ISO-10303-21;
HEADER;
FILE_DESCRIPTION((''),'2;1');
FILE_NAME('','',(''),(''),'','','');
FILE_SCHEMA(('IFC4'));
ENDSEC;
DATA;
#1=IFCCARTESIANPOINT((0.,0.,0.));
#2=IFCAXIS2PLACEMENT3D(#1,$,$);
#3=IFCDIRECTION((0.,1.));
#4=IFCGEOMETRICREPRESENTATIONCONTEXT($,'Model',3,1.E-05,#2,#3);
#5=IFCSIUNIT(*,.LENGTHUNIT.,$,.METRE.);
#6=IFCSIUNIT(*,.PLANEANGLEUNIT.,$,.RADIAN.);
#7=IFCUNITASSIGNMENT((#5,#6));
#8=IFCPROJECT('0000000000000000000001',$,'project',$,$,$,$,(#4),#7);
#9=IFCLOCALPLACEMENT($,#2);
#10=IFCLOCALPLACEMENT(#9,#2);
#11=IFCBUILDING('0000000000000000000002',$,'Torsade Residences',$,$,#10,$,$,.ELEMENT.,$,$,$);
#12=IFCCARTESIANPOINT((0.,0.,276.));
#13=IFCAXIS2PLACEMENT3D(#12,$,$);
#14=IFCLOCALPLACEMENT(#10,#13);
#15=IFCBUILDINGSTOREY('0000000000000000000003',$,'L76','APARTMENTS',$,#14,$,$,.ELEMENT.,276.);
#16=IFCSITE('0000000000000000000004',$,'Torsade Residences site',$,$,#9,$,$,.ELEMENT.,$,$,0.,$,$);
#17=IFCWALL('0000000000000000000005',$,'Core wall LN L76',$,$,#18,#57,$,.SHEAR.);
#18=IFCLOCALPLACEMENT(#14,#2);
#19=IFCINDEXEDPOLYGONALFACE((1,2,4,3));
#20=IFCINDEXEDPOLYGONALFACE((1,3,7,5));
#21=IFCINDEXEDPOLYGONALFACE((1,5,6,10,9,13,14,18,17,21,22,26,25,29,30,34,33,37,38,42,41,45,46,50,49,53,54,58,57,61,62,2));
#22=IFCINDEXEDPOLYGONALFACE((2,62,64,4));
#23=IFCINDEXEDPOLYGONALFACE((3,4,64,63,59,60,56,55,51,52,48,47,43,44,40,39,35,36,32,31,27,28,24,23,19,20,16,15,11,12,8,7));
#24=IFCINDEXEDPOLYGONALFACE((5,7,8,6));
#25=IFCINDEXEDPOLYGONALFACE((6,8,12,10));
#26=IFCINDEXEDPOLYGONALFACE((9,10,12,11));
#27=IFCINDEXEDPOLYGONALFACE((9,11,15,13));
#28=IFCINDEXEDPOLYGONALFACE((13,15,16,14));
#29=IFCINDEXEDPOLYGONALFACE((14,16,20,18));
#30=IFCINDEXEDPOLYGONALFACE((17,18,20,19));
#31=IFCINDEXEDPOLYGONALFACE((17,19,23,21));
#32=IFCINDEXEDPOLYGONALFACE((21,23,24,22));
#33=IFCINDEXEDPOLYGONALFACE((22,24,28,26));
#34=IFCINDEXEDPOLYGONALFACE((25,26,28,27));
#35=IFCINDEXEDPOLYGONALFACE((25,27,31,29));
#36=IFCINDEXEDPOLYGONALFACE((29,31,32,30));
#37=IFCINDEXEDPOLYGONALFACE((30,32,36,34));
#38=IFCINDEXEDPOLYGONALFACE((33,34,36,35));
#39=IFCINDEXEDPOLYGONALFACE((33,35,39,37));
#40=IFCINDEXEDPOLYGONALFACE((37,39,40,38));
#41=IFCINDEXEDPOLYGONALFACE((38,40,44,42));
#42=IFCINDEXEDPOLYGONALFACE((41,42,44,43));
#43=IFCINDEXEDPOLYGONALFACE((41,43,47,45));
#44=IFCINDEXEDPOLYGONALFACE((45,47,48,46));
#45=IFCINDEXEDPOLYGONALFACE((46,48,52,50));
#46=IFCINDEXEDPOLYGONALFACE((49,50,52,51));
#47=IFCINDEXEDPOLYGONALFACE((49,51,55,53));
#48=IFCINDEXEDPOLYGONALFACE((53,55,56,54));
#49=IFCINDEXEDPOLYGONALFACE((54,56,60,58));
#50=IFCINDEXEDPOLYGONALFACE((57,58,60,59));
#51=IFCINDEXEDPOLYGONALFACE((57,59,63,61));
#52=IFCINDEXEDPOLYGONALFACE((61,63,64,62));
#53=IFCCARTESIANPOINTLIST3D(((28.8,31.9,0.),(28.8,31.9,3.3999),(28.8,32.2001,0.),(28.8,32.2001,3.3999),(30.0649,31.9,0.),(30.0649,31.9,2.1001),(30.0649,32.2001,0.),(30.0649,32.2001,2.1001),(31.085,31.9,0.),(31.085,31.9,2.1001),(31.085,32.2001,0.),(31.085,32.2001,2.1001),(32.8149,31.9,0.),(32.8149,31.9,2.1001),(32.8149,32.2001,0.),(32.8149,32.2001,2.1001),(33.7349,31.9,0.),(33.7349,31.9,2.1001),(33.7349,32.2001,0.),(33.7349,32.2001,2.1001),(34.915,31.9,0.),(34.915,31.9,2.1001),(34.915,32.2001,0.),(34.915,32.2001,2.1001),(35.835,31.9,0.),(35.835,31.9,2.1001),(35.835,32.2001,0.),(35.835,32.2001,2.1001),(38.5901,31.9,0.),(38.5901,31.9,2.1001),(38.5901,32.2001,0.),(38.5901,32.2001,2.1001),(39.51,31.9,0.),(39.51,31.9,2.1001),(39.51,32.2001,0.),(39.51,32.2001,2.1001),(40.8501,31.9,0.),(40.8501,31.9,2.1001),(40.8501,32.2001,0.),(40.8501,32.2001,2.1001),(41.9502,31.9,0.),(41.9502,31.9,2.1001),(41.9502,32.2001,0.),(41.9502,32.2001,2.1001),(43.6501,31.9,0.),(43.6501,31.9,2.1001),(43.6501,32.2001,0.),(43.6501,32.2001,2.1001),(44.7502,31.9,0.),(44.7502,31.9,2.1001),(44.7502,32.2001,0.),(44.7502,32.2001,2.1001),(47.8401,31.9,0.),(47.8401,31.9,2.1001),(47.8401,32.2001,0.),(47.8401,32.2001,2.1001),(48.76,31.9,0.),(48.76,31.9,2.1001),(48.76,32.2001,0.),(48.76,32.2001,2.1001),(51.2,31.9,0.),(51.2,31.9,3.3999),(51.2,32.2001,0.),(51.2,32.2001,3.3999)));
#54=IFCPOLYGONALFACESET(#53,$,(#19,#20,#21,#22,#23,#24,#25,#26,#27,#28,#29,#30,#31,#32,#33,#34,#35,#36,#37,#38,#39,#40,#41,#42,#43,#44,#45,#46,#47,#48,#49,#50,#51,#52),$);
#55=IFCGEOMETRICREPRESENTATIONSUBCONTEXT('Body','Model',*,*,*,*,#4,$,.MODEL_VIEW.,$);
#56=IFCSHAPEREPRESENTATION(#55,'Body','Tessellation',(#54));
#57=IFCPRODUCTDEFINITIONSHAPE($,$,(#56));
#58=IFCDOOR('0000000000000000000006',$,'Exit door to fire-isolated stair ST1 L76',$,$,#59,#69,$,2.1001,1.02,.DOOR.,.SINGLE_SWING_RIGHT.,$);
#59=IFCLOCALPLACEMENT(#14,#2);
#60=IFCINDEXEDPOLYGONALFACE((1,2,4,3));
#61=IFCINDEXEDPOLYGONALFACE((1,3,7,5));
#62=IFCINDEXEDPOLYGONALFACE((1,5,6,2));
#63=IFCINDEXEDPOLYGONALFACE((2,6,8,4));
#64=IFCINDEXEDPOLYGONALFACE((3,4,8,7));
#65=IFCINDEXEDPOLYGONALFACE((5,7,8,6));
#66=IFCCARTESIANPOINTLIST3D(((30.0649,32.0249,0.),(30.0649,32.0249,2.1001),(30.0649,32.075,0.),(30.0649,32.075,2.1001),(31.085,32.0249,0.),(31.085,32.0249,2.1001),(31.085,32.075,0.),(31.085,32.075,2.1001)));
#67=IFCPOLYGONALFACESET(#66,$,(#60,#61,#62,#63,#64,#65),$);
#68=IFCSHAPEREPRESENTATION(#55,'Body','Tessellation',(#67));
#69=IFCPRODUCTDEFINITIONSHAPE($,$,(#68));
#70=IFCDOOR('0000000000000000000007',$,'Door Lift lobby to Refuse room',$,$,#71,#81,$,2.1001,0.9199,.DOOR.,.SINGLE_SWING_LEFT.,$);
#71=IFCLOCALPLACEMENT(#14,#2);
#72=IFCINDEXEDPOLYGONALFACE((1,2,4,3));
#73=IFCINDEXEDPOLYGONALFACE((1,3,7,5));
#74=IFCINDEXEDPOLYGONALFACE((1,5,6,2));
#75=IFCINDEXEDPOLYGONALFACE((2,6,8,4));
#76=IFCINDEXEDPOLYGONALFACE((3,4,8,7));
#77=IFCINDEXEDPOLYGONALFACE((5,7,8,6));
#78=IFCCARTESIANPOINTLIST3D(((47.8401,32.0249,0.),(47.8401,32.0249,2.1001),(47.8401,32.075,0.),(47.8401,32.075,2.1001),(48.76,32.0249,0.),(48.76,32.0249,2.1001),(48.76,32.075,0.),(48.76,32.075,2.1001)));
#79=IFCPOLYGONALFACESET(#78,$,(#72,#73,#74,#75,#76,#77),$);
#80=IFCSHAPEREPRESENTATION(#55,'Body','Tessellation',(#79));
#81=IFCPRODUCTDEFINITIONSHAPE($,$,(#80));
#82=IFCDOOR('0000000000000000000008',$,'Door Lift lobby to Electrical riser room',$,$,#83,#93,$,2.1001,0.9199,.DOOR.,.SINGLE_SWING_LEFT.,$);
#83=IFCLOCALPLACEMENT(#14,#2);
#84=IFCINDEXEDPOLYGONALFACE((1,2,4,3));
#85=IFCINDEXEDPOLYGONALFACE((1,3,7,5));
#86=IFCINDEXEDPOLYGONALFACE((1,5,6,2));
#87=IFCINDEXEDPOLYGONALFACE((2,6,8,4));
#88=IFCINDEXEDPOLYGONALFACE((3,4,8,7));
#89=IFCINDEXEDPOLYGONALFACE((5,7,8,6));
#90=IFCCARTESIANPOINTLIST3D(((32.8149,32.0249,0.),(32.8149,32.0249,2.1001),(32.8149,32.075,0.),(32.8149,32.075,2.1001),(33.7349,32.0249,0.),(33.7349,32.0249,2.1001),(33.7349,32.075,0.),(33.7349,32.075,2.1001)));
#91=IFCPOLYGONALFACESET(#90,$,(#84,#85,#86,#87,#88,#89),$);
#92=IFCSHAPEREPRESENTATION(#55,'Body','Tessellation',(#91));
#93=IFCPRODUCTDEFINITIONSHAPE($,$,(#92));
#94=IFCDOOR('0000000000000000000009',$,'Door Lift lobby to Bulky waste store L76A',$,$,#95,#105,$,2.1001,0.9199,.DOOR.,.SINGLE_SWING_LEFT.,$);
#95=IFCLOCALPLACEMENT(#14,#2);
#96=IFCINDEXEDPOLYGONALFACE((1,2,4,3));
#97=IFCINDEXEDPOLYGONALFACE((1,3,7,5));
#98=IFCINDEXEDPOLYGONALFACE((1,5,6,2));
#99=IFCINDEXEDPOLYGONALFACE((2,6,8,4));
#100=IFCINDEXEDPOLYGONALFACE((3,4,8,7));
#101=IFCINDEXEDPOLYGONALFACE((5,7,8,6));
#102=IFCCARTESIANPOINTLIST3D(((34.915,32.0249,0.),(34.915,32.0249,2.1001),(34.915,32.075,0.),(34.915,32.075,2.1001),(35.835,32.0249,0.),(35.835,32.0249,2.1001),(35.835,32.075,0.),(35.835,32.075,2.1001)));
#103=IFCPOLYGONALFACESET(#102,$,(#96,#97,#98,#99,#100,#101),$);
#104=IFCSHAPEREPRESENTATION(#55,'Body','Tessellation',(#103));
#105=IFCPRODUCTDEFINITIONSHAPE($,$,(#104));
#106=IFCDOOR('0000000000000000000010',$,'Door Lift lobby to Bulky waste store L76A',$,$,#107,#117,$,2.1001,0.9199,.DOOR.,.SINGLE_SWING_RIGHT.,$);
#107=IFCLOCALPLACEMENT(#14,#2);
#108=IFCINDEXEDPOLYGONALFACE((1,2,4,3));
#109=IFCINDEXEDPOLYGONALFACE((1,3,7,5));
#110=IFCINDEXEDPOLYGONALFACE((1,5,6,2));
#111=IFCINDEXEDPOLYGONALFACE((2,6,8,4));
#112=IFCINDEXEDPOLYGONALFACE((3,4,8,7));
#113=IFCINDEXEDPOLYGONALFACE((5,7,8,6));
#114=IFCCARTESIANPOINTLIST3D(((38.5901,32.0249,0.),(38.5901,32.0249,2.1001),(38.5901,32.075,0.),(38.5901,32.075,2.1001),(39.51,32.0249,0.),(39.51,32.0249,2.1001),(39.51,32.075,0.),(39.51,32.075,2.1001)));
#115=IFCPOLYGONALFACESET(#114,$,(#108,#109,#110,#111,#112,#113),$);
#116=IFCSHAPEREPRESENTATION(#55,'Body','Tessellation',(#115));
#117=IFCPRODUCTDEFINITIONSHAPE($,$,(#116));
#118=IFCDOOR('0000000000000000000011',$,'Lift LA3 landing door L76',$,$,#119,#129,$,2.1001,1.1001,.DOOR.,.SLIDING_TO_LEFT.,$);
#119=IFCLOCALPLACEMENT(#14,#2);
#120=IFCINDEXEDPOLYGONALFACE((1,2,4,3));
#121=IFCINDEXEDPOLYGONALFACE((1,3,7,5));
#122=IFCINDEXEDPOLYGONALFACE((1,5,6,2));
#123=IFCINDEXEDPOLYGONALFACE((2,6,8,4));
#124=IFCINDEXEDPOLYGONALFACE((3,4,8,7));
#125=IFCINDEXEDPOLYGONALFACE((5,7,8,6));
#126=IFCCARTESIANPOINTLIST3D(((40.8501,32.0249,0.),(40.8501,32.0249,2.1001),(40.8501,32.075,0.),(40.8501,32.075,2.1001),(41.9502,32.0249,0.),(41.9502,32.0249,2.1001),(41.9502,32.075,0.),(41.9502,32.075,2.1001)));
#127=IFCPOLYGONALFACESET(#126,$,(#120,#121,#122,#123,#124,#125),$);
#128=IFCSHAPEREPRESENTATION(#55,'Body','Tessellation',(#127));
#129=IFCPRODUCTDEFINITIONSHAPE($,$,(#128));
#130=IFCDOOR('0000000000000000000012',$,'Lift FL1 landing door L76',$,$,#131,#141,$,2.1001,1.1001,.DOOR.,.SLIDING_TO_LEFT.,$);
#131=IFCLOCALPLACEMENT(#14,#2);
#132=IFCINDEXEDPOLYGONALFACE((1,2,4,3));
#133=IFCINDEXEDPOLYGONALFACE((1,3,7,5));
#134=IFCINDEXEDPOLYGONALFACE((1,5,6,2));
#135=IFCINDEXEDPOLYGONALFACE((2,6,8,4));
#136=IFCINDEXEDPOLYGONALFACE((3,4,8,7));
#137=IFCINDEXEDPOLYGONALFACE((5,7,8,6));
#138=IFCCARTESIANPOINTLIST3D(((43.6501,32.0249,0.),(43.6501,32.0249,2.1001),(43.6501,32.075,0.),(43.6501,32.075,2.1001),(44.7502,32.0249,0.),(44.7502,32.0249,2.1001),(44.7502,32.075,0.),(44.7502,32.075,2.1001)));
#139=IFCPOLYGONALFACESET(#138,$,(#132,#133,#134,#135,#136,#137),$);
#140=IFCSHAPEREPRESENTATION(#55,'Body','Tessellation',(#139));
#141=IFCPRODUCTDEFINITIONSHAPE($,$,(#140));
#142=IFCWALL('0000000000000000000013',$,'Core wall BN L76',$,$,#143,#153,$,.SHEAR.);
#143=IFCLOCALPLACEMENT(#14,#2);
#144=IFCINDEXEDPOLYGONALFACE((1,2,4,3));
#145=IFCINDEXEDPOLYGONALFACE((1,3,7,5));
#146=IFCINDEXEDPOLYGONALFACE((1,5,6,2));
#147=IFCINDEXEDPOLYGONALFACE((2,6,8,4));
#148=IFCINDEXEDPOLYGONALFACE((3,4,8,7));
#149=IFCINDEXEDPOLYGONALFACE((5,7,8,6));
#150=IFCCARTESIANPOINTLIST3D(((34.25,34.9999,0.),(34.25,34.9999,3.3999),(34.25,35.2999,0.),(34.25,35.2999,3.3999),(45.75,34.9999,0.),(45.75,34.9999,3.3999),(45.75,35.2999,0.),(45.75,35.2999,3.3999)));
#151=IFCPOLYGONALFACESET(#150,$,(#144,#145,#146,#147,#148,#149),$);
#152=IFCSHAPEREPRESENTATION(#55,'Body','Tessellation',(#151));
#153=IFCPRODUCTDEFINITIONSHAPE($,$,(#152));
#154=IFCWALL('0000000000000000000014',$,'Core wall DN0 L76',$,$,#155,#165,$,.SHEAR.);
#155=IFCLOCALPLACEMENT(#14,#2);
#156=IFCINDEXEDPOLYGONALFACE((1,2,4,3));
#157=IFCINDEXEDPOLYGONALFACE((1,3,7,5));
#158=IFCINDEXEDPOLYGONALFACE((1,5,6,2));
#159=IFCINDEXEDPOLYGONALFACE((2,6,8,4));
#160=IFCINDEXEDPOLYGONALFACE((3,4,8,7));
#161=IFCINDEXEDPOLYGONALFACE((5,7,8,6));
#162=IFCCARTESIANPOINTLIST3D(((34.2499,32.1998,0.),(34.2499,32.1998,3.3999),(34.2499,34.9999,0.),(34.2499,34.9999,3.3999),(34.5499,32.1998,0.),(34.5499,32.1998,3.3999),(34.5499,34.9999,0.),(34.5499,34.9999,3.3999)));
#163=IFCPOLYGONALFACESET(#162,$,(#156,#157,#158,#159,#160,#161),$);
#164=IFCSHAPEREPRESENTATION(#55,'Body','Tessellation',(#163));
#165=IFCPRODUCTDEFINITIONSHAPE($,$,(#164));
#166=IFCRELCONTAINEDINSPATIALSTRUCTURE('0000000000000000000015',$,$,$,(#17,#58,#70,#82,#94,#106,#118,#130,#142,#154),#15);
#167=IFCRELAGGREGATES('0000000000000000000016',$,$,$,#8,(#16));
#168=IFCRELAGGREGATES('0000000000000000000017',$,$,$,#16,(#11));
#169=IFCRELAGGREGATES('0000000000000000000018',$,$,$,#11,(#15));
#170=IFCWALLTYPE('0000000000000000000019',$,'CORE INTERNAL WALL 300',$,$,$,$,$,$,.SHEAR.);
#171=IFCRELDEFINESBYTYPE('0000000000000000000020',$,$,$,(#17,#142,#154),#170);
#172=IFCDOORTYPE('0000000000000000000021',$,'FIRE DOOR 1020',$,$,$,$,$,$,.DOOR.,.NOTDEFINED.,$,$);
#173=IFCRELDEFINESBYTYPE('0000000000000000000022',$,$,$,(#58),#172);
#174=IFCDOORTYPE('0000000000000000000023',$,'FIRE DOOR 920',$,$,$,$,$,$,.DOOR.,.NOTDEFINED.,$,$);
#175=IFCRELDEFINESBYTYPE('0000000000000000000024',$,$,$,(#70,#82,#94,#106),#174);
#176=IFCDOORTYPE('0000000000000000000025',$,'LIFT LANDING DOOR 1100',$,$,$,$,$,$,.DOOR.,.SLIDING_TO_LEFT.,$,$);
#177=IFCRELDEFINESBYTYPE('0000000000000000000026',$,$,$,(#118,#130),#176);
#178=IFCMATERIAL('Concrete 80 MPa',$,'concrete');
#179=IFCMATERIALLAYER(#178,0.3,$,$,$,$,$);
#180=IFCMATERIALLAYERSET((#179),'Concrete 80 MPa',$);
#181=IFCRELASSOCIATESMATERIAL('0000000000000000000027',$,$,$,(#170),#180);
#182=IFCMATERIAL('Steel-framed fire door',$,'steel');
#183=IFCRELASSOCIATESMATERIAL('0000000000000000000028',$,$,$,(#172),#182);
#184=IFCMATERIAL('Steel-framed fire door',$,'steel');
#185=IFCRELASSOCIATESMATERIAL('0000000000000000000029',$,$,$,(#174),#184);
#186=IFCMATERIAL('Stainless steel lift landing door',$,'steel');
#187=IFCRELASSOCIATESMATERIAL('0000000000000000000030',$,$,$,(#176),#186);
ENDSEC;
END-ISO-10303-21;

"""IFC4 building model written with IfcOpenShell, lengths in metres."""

from ifc_helpers import new_model, si_unit, direction, frame, frame_2d, origin, place, context, subcontext, project, spatial, rectangle, extrude, material, layer, layer_set, type_object, element, fill, save


model = new_model("IFC4")

# Units and contexts
model_context = context("Model", 3, precision=1e-05, world=origin(), true_north=direction((0.0, 1.0)))
body_context = subcontext(model_context, "Body", "Model", "MODEL_VIEW")
ifc_project = project(units=[si_unit("LENGTHUNIT", "METRE"), si_unit("PLANEANGLEUNIT", "RADIAN")], contexts=[model_context])

# Site, building, storey
site_placement = place(None, origin())
site = spatial("IfcSite", under=ifc_project, at=site_placement, Name="Torsade Residences site", CompositionType="ELEMENT", RefElevation=0.0)
building_placement = place(site_placement, origin())
building = spatial("IfcBuilding", under=site, at=building_placement, Name="Torsade Residences", CompositionType="ELEMENT")
storey_placement = place(building_placement, frame((0.0, 0.0, 276.0)))
storey = spatial("IfcBuildingStorey", under=building, at=storey_placement, Name="L76", Description="APARTMENTS", CompositionType="ELEMENT", Elevation=276.0)

# Wall, openings, doors
ifc_material_1 = material(Name="Concrete 80 MPa", Category="concrete")
ifc_layer_1 = layer(ifc_material_1, 0.3)
ifc_layer_set_1 = layer_set([ifc_layer_1], Name="Concrete 80 MPa")
wall_type_1 = type_object("IfcWallType", Name="CORE INTERNAL WALL 300", PredefinedType="SHEAR", material=ifc_layer_set_1)
wall_1_placement = place(storey_placement, frame((28.8, 32.05, 0.0), z_axis=(0.0, 0.0, 1.0), x_axis=(1.0, 0.0, 0.0)))
wall_1 = element("IfcWall", 1, at=wall_1_placement, inside=storey, type_object=wall_type_1, Name="Core wall LN L76", PredefinedType="SHEAR", context=body_context, shape_type="SweptSolid", body=[
    extrude(rectangle(XDim=22.3999, YDim=0.3, at=frame_2d((11.2, 0.0))), origin(), (0.0, 0.0, 1.0), 3.3999),
])
opening_1_placement = place(wall_1_placement, frame((19.04, 0.0, 0.0)))
opening_1 = element("IfcOpeningElement", 2, at=opening_1_placement, cuts=wall_1, PredefinedType="OPENING", context=body_context, shape_type="SweptSolid", body=[
    extrude(rectangle(XDim=0.9199, YDim=2.1001, at=frame_2d((0.46, 1.05))), frame((0.0, 0.1599, 0.0), z_axis=(0.0, -1.0, 0.0), x_axis=(1.0, 0.0, 0.0)), (0.0, 0.0, 1.0), 0.3201),
])
opening_2_placement = place(wall_1_placement, frame((1.2649, 0.0, 0.0)))
opening_2 = element("IfcOpeningElement", 3, at=opening_2_placement, cuts=wall_1, PredefinedType="OPENING", context=body_context, shape_type="SweptSolid", body=[
    extrude(rectangle(XDim=1.02, YDim=2.1001, at=frame_2d((0.51, 1.05))), frame((0.0, 0.1599, 0.0), z_axis=(0.0, -1.0, 0.0), x_axis=(1.0, 0.0, 0.0)), (0.0, 0.0, 1.0), 0.3201),
])
opening_3_placement = place(wall_1_placement, frame((4.0149, 0.0, 0.0)))
opening_3 = element("IfcOpeningElement", 4, at=opening_3_placement, cuts=wall_1, PredefinedType="OPENING", context=body_context, shape_type="SweptSolid", body=[
    extrude(rectangle(XDim=0.9199, YDim=2.1001, at=frame_2d((0.46, 1.05))), frame((0.0, 0.1599, 0.0), z_axis=(0.0, -1.0, 0.0), x_axis=(1.0, 0.0, 0.0)), (0.0, 0.0, 1.0), 0.3201),
])
opening_4_placement = place(wall_1_placement, frame((6.115, 0.0, 0.0)))
opening_4 = element("IfcOpeningElement", 5, at=opening_4_placement, cuts=wall_1, PredefinedType="OPENING", context=body_context, shape_type="SweptSolid", body=[
    extrude(rectangle(XDim=0.9199, YDim=2.1001, at=frame_2d((0.46, 1.05))), frame((0.0, 0.1599, 0.0), z_axis=(0.0, -1.0, 0.0), x_axis=(1.0, 0.0, 0.0)), (0.0, 0.0, 1.0), 0.3201),
])
opening_5_placement = place(wall_1_placement, frame((9.79, 0.0, 0.0)))
opening_5 = element("IfcOpeningElement", 6, at=opening_5_placement, cuts=wall_1, PredefinedType="OPENING", context=body_context, shape_type="SweptSolid", body=[
    extrude(rectangle(XDim=0.9199, YDim=2.1001, at=frame_2d((0.46, 1.05))), frame((0.0, 0.1599, 0.0), z_axis=(0.0, -1.0, 0.0), x_axis=(1.0, 0.0, 0.0)), (0.0, 0.0, 1.0), 0.3201),
])
opening_6_placement = place(wall_1_placement, frame((12.05, 0.0, 0.0)))
opening_6 = element("IfcOpeningElement", 7, at=opening_6_placement, cuts=wall_1, PredefinedType="OPENING", context=body_context, shape_type="SweptSolid", body=[
    extrude(rectangle(XDim=1.1001, YDim=2.1001, at=frame_2d((0.55, 1.05))), frame((0.0, 0.1599, 0.0), z_axis=(0.0, -1.0, 0.0), x_axis=(1.0, 0.0, 0.0)), (0.0, 0.0, 1.0), 0.3201),
])
opening_7_placement = place(wall_1_placement, frame((14.8501, 0.0, 0.0)))
opening_7 = element("IfcOpeningElement", 8, at=opening_7_placement, cuts=wall_1, PredefinedType="OPENING", context=body_context, shape_type="SweptSolid", body=[
    extrude(rectangle(XDim=1.1001, YDim=2.1001, at=frame_2d((0.55, 1.05))), frame((0.0, 0.1599, 0.0), z_axis=(0.0, -1.0, 0.0), x_axis=(1.0, 0.0, 0.0)), (0.0, 0.0, 1.0), 0.3201),
])
ifc_material_2 = material(Name="Steel-framed fire door", Category="steel")
door_type_1 = type_object("IfcDoorType", Name="FIRE DOOR 1020", OperationType="NOTDEFINED", PredefinedType="DOOR", material=ifc_material_2)
door_1_placement = place(opening_2_placement, origin())
door_1 = element("IfcDoor", 9, at=door_1_placement, inside=storey, type_object=door_type_1, Name="Exit door to fire-isolated stair ST1 L76", OperationType="SINGLE_SWING_RIGHT", OverallHeight=2.1001, OverallWidth=1.02, PredefinedType="DOOR", context=body_context, shape_type="SweptSolid", body=[
    extrude(rectangle(XDim=1.02, YDim=2.1001, at=frame_2d((0.51, 1.05))), frame((0.0, 0.0249, 0.0), z_axis=(0.0, -1.0, 0.0), x_axis=(1.0, 0.0, 0.0)), (0.0, 0.0, 1.0), 0.05),
])
fill(opening_2, door_1)
ifc_material_3 = material(Name="Steel-framed fire door", Category="steel")
door_type_2 = type_object("IfcDoorType", Name="FIRE DOOR 920", OperationType="NOTDEFINED", PredefinedType="DOOR", material=ifc_material_3)
door_2_placement = place(opening_1_placement, origin())
door_2 = element("IfcDoor", 10, at=door_2_placement, inside=storey, type_object=door_type_2, Name="Door Lift lobby to Refuse room", OperationType="SINGLE_SWING_LEFT", OverallHeight=2.1001, OverallWidth=0.9199, PredefinedType="DOOR", context=body_context, shape_type="SweptSolid", body=[
    extrude(rectangle(XDim=0.9199, YDim=2.1001, at=frame_2d((0.46, 1.05))), frame((0.0, 0.0249, 0.0), z_axis=(0.0, -1.0, 0.0), x_axis=(1.0, 0.0, 0.0)), (0.0, 0.0, 1.0), 0.05),
])
fill(opening_1, door_2)
door_3_placement = place(opening_3_placement, origin())
door_3 = element("IfcDoor", 11, at=door_3_placement, inside=storey, type_object=door_type_2, Name="Door Lift lobby to Electrical riser room", OperationType="SINGLE_SWING_LEFT", OverallHeight=2.1001, OverallWidth=0.9199, PredefinedType="DOOR", context=body_context, shape_type="SweptSolid", body=[
    extrude(rectangle(XDim=0.9199, YDim=2.1001, at=frame_2d((0.46, 1.05))), frame((0.0, 0.0249, 0.0), z_axis=(0.0, -1.0, 0.0), x_axis=(1.0, 0.0, 0.0)), (0.0, 0.0, 1.0), 0.05),
])
fill(opening_3, door_3)
door_4_placement = place(opening_4_placement, origin())
door_4 = element("IfcDoor", 12, at=door_4_placement, inside=storey, type_object=door_type_2, Name="Door Lift lobby to Bulky waste store L76A", OperationType="SINGLE_SWING_LEFT", OverallHeight=2.1001, OverallWidth=0.9199, PredefinedType="DOOR", context=body_context, shape_type="SweptSolid", body=[
    extrude(rectangle(XDim=0.9199, YDim=2.1001, at=frame_2d((0.46, 1.05))), frame((0.0, 0.0249, 0.0), z_axis=(0.0, -1.0, 0.0), x_axis=(1.0, 0.0, 0.0)), (0.0, 0.0, 1.0), 0.05),
])
fill(opening_4, door_4)
door_5_placement = place(opening_5_placement, origin())
door_5 = element("IfcDoor", 13, at=door_5_placement, inside=storey, type_object=door_type_2, Name="Door Lift lobby to Bulky waste store L76A", OperationType="SINGLE_SWING_RIGHT", OverallHeight=2.1001, OverallWidth=0.9199, PredefinedType="DOOR", context=body_context, shape_type="SweptSolid", body=[
    extrude(rectangle(XDim=0.9199, YDim=2.1001, at=frame_2d((0.46, 1.05))), frame((0.0, 0.0249, 0.0), z_axis=(0.0, -1.0, 0.0), x_axis=(1.0, 0.0, 0.0)), (0.0, 0.0, 1.0), 0.05),
])
fill(opening_5, door_5)
ifc_material_4 = material(Name="Stainless steel lift landing door", Category="steel")
door_type_3 = type_object("IfcDoorType", Name="LIFT LANDING DOOR 1100", OperationType="SLIDING_TO_LEFT", PredefinedType="DOOR", material=ifc_material_4)
door_6_placement = place(opening_6_placement, origin())
door_6 = element("IfcDoor", 14, at=door_6_placement, inside=storey, type_object=door_type_3, Name="Lift LA3 landing door L76", OperationType="SLIDING_TO_LEFT", OverallHeight=2.1001, OverallWidth=1.1001, PredefinedType="DOOR", context=body_context, shape_type="SweptSolid", body=[
    extrude(rectangle(XDim=1.1001, YDim=2.1001, at=frame_2d((0.55, 1.05))), frame((0.0, 0.0249, 0.0), z_axis=(0.0, -1.0, 0.0), x_axis=(1.0, 0.0, 0.0)), (0.0, 0.0, 1.0), 0.05),
])
fill(opening_6, door_6)
door_7_placement = place(opening_7_placement, origin())
door_7 = element("IfcDoor", 15, at=door_7_placement, inside=storey, type_object=door_type_3, Name="Lift FL1 landing door L76", OperationType="SLIDING_TO_LEFT", OverallHeight=2.1001, OverallWidth=1.1001, PredefinedType="DOOR", context=body_context, shape_type="SweptSolid", body=[
    extrude(rectangle(XDim=1.1001, YDim=2.1001, at=frame_2d((0.55, 1.05))), frame((0.0, 0.0249, 0.0), z_axis=(0.0, -1.0, 0.0), x_axis=(1.0, 0.0, 0.0)), (0.0, 0.0, 1.0), 0.05),
])
fill(opening_7, door_7)

# Walls
wall_2_placement = place(storey_placement, frame((34.25, 35.1499, 0.0), z_axis=(0.0, 0.0, 1.0), x_axis=(1.0, 0.0, 0.0)))
element("IfcWall", 16, at=wall_2_placement, inside=storey, type_object=wall_type_1, Name="Core wall BN L76", PredefinedType="SHEAR", context=body_context, shape_type="SweptSolid", body=[
    extrude(rectangle(XDim=11.5, YDim=0.3, at=frame_2d((5.75, 0.0))), origin(), (0.0, 0.0, 1.0), 3.3999),
])
wall_3_placement = place(storey_placement, frame((34.3999, 32.2, 0.0), z_axis=(0.0, 0.0, 1.0), x_axis=(0.0, 1.0, 0.0)))
element("IfcWall", 17, at=wall_3_placement, inside=storey, type_object=wall_type_1, Name="Core wall DN0 L76", PredefinedType="SHEAR", context=body_context, shape_type="SweptSolid", body=[
    extrude(rectangle(XDim=2.8, YDim=0.3, at=frame_2d((1.3999, 0.0))), origin(), (0.0, 0.0, 1.0), 3.3999),
])

save(model, "model.ifc")
